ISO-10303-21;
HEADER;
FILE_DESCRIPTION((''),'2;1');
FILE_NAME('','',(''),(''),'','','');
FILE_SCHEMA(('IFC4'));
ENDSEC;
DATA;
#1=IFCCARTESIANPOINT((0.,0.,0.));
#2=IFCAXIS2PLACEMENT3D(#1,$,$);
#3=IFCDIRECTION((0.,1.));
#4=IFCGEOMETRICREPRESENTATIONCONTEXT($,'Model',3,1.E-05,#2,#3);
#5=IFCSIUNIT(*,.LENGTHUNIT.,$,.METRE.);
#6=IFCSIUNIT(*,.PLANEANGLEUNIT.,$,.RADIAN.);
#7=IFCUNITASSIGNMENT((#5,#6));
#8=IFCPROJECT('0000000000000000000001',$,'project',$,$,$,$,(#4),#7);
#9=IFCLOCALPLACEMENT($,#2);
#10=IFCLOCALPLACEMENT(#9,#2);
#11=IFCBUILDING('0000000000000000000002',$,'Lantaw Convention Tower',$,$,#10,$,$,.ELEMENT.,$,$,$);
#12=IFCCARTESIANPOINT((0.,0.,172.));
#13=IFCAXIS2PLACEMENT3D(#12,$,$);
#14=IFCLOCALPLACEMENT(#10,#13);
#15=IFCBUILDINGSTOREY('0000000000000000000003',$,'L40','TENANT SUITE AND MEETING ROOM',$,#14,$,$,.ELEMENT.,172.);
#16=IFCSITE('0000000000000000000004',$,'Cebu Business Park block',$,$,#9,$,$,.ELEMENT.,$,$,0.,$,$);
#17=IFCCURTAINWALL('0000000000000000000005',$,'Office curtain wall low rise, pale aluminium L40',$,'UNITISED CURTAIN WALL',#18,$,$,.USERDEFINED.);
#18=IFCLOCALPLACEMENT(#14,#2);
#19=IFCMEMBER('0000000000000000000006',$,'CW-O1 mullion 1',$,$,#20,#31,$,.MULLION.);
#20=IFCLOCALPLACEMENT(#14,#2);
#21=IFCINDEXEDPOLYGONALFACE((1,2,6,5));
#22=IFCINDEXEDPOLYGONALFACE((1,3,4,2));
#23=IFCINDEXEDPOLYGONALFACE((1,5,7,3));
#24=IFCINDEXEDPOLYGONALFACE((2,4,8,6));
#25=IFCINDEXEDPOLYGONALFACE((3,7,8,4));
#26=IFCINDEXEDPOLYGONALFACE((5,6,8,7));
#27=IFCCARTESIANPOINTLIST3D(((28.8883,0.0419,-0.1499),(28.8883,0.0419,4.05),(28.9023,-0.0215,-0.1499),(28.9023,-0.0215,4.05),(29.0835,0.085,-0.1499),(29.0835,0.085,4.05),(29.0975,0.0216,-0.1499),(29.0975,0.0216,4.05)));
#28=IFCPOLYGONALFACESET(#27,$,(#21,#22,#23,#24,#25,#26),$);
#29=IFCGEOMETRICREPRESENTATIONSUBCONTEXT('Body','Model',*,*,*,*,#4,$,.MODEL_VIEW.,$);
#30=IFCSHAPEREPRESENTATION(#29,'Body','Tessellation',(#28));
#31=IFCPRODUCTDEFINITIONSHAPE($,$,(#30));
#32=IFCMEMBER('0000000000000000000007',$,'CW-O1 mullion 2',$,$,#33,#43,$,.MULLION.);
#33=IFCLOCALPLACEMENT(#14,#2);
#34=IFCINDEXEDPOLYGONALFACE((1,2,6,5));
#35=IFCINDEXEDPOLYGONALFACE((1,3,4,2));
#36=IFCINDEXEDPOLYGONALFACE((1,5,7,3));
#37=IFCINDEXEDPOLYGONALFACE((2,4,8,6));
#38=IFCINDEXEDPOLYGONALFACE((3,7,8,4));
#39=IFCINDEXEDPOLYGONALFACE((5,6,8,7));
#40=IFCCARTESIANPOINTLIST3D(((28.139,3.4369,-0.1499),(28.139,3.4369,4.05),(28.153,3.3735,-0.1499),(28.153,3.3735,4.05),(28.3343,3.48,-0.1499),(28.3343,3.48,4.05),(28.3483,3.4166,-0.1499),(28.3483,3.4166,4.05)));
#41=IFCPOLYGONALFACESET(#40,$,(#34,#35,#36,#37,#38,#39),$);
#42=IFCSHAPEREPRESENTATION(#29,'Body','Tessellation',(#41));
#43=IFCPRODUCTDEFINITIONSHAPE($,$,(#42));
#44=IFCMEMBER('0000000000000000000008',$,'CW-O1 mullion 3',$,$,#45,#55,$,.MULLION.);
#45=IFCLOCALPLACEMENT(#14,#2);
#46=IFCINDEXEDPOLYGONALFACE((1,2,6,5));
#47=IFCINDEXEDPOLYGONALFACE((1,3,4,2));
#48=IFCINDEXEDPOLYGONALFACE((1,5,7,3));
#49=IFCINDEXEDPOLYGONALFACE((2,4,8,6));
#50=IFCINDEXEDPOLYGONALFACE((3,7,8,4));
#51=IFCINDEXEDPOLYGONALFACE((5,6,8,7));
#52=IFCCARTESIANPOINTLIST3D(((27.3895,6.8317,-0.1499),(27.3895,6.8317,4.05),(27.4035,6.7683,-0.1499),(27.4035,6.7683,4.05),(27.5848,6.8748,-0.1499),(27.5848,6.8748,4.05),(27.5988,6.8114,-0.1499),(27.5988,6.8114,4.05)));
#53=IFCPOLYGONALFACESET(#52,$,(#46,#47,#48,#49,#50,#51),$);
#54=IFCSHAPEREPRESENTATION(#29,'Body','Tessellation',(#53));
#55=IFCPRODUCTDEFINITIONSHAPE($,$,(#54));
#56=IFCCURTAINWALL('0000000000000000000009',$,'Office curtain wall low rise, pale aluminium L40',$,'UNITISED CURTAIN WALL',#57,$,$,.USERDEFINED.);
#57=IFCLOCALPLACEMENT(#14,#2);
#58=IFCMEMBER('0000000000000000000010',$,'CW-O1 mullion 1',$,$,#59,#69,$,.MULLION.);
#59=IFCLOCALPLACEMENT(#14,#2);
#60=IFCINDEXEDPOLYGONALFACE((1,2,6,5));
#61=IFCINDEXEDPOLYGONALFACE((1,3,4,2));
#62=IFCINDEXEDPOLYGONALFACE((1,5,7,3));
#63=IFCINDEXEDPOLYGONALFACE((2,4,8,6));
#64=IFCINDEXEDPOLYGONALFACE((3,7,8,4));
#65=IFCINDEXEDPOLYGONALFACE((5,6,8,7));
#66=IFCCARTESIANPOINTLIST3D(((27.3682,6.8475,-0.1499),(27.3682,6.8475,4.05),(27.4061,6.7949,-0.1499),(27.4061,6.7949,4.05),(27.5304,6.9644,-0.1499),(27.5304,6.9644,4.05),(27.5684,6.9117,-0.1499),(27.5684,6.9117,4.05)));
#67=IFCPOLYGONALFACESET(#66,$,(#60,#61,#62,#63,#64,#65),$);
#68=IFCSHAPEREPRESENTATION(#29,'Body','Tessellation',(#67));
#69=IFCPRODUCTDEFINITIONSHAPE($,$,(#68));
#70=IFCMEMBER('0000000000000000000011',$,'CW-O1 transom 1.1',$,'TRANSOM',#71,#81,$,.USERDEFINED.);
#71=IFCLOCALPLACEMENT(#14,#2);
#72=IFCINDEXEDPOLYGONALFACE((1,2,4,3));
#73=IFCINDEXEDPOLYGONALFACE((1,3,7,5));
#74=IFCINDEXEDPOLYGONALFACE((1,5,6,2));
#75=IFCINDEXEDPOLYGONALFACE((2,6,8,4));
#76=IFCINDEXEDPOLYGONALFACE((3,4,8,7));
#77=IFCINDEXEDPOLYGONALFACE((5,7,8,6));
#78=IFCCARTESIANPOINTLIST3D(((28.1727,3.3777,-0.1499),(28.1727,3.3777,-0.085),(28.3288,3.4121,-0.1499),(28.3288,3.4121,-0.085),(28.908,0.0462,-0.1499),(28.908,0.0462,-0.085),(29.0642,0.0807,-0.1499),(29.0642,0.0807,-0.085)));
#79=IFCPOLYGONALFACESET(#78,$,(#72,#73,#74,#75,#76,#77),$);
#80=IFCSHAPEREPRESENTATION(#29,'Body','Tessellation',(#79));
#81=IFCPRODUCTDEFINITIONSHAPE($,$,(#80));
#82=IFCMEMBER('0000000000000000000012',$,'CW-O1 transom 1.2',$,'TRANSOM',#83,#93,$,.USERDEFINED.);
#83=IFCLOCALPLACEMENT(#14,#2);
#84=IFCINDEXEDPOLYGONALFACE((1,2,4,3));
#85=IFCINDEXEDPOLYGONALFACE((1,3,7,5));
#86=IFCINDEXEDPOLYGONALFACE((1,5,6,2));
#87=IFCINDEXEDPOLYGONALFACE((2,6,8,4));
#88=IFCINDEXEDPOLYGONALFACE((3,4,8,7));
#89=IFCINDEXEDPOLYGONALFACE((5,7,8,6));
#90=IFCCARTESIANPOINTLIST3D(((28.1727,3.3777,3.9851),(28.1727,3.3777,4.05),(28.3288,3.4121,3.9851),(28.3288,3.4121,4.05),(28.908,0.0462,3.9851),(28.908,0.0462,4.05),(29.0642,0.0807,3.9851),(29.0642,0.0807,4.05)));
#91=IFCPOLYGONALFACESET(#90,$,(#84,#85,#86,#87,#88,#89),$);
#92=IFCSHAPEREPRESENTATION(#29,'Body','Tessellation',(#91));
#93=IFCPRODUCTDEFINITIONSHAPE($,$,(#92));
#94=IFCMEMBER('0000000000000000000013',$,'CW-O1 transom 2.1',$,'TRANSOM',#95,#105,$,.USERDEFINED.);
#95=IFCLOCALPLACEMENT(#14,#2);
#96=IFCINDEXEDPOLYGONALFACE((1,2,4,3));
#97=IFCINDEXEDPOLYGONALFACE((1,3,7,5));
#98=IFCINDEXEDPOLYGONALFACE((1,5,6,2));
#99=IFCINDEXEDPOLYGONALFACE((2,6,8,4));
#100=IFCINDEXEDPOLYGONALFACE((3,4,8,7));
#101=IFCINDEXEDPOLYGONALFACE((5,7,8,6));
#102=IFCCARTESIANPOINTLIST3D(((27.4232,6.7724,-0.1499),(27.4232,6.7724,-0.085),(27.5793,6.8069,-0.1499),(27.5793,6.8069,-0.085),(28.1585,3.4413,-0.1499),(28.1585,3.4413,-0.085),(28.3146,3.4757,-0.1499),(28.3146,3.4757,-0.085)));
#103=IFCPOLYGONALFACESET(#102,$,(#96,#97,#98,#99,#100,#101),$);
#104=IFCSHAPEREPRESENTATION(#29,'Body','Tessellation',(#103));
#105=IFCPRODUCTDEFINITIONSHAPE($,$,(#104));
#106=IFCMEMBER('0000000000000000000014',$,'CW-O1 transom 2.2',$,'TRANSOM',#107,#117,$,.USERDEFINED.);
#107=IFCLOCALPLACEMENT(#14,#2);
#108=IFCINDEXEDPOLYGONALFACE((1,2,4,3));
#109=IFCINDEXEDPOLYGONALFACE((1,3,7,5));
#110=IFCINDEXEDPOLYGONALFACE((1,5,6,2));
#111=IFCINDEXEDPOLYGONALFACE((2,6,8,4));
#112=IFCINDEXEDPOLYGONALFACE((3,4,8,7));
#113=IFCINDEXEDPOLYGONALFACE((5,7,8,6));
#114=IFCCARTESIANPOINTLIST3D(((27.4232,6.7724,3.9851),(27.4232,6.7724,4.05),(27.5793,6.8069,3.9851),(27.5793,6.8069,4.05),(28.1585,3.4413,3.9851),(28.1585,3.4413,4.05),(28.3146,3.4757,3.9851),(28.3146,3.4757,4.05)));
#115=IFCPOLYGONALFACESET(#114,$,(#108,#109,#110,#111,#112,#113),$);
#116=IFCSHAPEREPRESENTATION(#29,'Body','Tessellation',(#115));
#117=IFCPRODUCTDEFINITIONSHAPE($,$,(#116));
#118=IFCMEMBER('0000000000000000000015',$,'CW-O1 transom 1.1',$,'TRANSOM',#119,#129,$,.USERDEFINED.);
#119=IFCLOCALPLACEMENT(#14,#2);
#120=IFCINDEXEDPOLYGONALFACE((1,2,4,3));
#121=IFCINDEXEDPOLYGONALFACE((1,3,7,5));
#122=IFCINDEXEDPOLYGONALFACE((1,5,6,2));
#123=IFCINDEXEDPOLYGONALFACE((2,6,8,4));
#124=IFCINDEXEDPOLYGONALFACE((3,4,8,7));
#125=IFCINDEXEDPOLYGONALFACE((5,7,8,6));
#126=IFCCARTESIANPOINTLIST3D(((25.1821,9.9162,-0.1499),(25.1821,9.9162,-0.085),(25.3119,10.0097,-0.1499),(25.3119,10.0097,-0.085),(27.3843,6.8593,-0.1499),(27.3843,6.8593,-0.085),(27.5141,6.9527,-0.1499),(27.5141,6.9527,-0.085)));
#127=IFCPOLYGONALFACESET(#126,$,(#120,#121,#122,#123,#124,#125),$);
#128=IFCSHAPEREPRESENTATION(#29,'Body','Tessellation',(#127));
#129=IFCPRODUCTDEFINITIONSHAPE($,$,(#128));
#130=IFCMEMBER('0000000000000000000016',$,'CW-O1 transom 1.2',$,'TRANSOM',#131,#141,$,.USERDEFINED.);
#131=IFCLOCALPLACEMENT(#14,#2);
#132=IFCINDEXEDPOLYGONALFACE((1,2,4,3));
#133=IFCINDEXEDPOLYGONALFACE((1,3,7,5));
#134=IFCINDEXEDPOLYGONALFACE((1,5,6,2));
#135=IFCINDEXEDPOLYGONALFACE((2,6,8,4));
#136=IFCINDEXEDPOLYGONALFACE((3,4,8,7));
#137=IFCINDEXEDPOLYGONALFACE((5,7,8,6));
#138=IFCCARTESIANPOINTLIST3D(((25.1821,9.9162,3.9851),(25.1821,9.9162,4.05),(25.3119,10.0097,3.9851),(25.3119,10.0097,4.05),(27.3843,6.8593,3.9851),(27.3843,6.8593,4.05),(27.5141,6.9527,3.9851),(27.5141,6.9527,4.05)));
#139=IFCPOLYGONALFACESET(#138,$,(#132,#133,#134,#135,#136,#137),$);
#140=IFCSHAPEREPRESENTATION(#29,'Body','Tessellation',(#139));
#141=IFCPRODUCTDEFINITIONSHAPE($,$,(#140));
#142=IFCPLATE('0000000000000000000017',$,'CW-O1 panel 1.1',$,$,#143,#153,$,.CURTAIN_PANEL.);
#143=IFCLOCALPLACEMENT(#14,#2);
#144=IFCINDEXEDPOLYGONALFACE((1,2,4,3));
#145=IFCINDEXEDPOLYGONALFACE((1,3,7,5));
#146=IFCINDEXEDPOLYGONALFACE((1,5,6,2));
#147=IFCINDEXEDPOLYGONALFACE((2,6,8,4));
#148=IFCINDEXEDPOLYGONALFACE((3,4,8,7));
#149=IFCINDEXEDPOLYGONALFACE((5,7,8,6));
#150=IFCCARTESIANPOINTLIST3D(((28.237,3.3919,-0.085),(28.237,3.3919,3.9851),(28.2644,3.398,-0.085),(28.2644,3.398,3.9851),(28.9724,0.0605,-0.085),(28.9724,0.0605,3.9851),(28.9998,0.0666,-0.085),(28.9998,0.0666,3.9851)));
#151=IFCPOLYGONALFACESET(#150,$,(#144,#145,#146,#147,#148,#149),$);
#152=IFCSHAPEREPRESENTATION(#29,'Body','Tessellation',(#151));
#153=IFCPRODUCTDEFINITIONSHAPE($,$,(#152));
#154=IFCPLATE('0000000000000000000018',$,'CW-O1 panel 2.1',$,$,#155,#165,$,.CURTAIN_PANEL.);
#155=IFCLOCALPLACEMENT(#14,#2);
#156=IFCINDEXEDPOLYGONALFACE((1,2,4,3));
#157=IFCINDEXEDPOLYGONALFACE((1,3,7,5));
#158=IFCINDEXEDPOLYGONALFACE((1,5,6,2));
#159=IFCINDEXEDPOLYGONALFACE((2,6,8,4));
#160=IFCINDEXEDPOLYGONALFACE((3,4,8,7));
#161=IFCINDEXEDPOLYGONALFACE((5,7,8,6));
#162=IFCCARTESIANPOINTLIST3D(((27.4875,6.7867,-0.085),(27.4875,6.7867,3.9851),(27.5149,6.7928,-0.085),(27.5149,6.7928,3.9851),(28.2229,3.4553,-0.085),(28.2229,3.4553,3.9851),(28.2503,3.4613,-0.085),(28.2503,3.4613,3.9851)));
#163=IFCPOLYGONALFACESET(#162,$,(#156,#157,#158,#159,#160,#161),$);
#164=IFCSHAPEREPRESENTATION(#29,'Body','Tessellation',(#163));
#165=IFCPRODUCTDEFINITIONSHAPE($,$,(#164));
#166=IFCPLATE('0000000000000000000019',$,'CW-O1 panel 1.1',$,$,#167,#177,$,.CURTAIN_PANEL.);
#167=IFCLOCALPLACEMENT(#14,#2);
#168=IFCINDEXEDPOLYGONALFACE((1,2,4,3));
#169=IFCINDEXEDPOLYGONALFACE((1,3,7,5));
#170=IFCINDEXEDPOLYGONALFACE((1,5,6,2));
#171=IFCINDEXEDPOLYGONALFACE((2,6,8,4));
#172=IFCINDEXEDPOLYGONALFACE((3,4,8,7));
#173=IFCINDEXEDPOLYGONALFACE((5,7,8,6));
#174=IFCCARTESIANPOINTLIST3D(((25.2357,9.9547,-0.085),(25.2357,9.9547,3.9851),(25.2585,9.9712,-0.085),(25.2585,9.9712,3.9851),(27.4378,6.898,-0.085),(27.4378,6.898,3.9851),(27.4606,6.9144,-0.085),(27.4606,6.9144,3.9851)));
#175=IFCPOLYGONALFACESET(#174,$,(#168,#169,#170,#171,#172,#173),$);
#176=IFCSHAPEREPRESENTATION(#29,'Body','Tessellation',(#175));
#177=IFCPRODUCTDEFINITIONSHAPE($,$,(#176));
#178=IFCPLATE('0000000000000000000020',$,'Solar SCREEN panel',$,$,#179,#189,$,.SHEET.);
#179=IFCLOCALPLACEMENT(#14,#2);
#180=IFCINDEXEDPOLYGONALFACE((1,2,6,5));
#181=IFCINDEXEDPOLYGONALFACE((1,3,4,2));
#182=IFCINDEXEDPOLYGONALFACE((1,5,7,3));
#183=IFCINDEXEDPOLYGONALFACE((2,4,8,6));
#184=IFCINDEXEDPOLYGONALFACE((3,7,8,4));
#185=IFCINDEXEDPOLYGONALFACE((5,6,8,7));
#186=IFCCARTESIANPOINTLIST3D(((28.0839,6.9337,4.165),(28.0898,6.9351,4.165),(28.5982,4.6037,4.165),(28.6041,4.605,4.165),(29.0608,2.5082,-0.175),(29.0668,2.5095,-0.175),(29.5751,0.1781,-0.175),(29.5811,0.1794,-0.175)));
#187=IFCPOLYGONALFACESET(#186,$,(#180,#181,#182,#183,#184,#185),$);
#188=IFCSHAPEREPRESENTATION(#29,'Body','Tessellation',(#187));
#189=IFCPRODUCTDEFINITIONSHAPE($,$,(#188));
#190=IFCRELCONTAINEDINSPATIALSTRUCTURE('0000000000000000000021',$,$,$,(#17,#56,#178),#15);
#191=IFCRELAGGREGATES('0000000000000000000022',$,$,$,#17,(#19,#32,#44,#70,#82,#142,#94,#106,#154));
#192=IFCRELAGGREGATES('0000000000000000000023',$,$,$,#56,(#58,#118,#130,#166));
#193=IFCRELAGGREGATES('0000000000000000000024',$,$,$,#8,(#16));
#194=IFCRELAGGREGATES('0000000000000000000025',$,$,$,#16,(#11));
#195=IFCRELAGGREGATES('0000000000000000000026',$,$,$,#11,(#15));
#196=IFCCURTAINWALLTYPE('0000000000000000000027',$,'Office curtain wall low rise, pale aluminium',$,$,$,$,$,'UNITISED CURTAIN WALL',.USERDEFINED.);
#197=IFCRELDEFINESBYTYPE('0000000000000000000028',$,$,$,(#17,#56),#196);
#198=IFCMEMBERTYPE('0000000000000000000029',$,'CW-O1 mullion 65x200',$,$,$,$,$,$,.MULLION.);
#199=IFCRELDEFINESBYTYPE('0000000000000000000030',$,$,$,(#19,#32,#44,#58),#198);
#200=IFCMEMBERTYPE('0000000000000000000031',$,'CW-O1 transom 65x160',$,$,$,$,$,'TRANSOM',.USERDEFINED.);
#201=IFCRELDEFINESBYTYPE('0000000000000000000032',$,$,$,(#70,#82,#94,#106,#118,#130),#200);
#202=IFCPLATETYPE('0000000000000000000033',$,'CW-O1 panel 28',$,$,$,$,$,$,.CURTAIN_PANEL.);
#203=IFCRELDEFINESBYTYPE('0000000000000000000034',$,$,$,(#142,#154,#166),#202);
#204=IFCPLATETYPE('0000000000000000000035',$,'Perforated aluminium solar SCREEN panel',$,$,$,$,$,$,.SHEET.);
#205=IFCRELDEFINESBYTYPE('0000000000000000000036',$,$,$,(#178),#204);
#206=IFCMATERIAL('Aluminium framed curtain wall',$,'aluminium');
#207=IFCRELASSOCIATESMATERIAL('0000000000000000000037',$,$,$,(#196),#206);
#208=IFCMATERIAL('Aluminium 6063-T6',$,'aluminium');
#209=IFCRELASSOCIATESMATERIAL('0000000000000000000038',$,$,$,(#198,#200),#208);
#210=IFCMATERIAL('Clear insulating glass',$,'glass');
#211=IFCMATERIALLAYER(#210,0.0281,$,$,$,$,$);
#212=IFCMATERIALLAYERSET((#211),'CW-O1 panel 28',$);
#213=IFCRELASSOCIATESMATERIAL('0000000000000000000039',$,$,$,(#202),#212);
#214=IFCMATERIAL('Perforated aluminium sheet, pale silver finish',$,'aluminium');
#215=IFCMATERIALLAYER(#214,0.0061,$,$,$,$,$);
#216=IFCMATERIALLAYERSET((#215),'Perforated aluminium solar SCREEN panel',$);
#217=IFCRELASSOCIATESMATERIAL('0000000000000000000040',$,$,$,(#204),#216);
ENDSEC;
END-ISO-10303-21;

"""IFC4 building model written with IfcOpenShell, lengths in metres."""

from ifc_helpers import new_model, si_unit, direction, frame, origin, origin_2d, place, context, subcontext, project, spatial, polyline, rectangle, outline, extrude, material, layer, layer_set, material_profile, profile_set, type_object, element, aggregate, save


model = new_model("IFC4")

# Units and contexts
model_context = context("Model", 3, precision=1e-05, world=origin(), true_north=direction((0.0, 1.0)))
body_context = subcontext(model_context, "Body", "Model", "MODEL_VIEW")
ifc_project = project(units=[si_unit("LENGTHUNIT", "METRE"), si_unit("PLANEANGLEUNIT", "RADIAN")], contexts=[model_context])

# Site, building, storey
site_placement = place(None, origin())
site = spatial("IfcSite", under=ifc_project, at=site_placement, Name="Cebu Business Park block", CompositionType="ELEMENT", RefElevation=0.0)
building_placement = place(site_placement, origin())
building = spatial("IfcBuilding", under=site, at=building_placement, Name="Lantaw Convention Tower", CompositionType="ELEMENT")
storey_placement = place(building_placement, frame((0.0, 0.0, 172.0)))
storey = spatial("IfcBuildingStorey", under=building, at=storey_placement, Name="L40", Description="TENANT SUITE AND MEETING ROOM", CompositionType="ELEMENT", Elevation=172.0)

# Curtain wall, members
ifc_material_1 = material(Name="Aluminium framed curtain wall", Category="aluminium")
curtain_wall_type = type_object("IfcCurtainWallType", Name="Office curtain wall low rise, pale aluminium", ElementType="UNITISED CURTAIN WALL", PredefinedType="USERDEFINED", material=ifc_material_1)
curtain_wall_1_placement = place(storey_placement, origin())
curtain_wall_1 = element("IfcCurtainWall", 1, at=curtain_wall_1_placement, inside=storey, type_object=curtain_wall_type, Name="Office curtain wall low rise, pale aluminium L40", ObjectType="UNITISED CURTAIN WALL", PredefinedType="USERDEFINED")
ifc_material_2 = material(Name="Aluminium 6063-T6", Category="aluminium")
ifc_material_profile_1 = material_profile(ifc_material_2, rectangle(XDim=0.2, YDim=0.0649, at=origin_2d()), Name="CW-O1 mullion 65x200")
ifc_profile_set_1 = profile_set([ifc_material_profile_1], Name="Aluminium 6063-T6")
member_type_1 = type_object("IfcMemberType", Name="CW-O1 mullion 65x200", PredefinedType="MULLION", material=ifc_profile_set_1)
member_1_placement = place(storey_placement, frame((28.9929, 0.0317, -0.1499), z_axis=(0.0, 0.0, 1.0), x_axis=(-0.976494, -0.215546, 0.0)))
member_1 = element("IfcMember", 2, at=member_1_placement, type_object=member_type_1, Name="CW-O1 mullion 1", PredefinedType="MULLION", context=body_context, shape_type="SweptSolid", body=[
    extrude(rectangle(XDim=0.2, YDim=0.0649, at=origin_2d()), origin(), (0.0, 0.0, 1.0), 4.2),
])
member_2_placement = place(storey_placement, frame((28.2437, 3.4268, -0.1499), z_axis=(0.0, 0.0, 1.0), x_axis=(-0.976494, -0.215546, 0.0)))
member_2 = element("IfcMember", 3, at=member_2_placement, type_object=member_type_1, Name="CW-O1 mullion 2", PredefinedType="MULLION", context=body_context, shape_type="SweptSolid", body=[
    extrude(rectangle(XDim=0.2, YDim=0.0649, at=origin_2d()), origin(), (0.0, 0.0, 1.0), 4.2),
])
member_3_placement = place(storey_placement, frame((27.4941, 6.8215, -0.1499), z_axis=(0.0, 0.0, 1.0), x_axis=(-0.976494, -0.215546, 0.0)))
member_3 = element("IfcMember", 4, at=member_3_placement, type_object=member_type_1, Name="CW-O1 mullion 3", PredefinedType="MULLION", context=body_context, shape_type="SweptSolid", body=[
    extrude(rectangle(XDim=0.2, YDim=0.0649, at=origin_2d()), origin(), (0.0, 0.0, 1.0), 4.2),
])

# Curtain wall, member
curtain_wall_2_placement = place(storey_placement, origin())
curtain_wall_2 = element("IfcCurtainWall", 5, at=curtain_wall_2_placement, inside=storey, type_object=curtain_wall_type, Name="Office curtain wall low rise, pale aluminium L40", ObjectType="UNITISED CURTAIN WALL", PredefinedType="USERDEFINED")
member_4_placement = place(storey_placement, frame((27.4683, 6.8796, -0.1499), z_axis=(0.0, 0.0, 1.0), x_axis=(-0.811385, -0.584513, 0.0)))
member_4 = element("IfcMember", 6, at=member_4_placement, type_object=member_type_1, Name="CW-O1 mullion 1", PredefinedType="MULLION", context=body_context, shape_type="SweptSolid", body=[
    extrude(rectangle(XDim=0.2, YDim=0.0649, at=origin_2d()), origin(), (0.0, 0.0, 1.0), 4.2),
])

# Members
ifc_material_profile_2 = material_profile(ifc_material_2, rectangle(XDim=0.1599, YDim=0.0649, at=origin_2d()), Name="CW-O1 transom 65x160")
ifc_profile_set_2 = profile_set([ifc_material_profile_2], Name="Aluminium 6063-T6")
member_type_2 = type_object("IfcMemberType", Name="CW-O1 transom 65x160", ElementType="TRANSOM", PredefinedType="USERDEFINED", material=ifc_profile_set_2)
member_5_placement = place(storey_placement, frame((28.9861, 0.0635, -0.1174), z_axis=(-0.215536, 0.976496, 0.0), x_axis=(-0.976496, -0.215536, 0.0)))
member_5 = element("IfcMember", 7, at=member_5_placement, type_object=member_type_2, Name="CW-O1 transom 1.1", ObjectType="TRANSOM", PredefinedType="USERDEFINED", context=body_context, shape_type="SweptSolid", body=[
    extrude(rectangle(XDim=0.1599, YDim=0.0649, at=origin_2d()), origin(), (0.0, 0.0, 1.0), 3.4116),
])
member_6_placement = place(storey_placement, frame((28.9861, 0.0635, 4.0176), z_axis=(-0.215536, 0.976496, 0.0), x_axis=(-0.976496, -0.215536, 0.0)))
member_6 = element("IfcMember", 8, at=member_6_placement, type_object=member_type_2, Name="CW-O1 transom 1.2", ObjectType="TRANSOM", PredefinedType="USERDEFINED", context=body_context, shape_type="SweptSolid", body=[
    extrude(rectangle(XDim=0.1599, YDim=0.0649, at=origin_2d()), origin(), (0.0, 0.0, 1.0), 3.4116),
])
member_7_placement = place(storey_placement, frame((28.2366, 3.4585, -0.1174), z_axis=(-0.215551, 0.976493, 0.0), x_axis=(-0.976493, -0.215551, 0.0)))
member_7 = element("IfcMember", 9, at=member_7_placement, type_object=member_type_2, Name="CW-O1 transom 2.1", ObjectType="TRANSOM", PredefinedType="USERDEFINED", context=body_context, shape_type="SweptSolid", body=[
    extrude(rectangle(XDim=0.1599, YDim=0.0649, at=origin_2d()), origin(), (0.0, 0.0, 1.0), 3.4114),
])
member_8_placement = place(storey_placement, frame((28.2366, 3.4585, 4.0176), z_axis=(-0.215551, 0.976493, 0.0), x_axis=(-0.976493, -0.215551, 0.0)))
member_8 = element("IfcMember", 10, at=member_8_placement, type_object=member_type_2, Name="CW-O1 transom 2.2", ObjectType="TRANSOM", PredefinedType="USERDEFINED", context=body_context, shape_type="SweptSolid", body=[
    extrude(rectangle(XDim=0.1599, YDim=0.0649, at=origin_2d()), origin(), (0.0, 0.0, 1.0), 3.4114),
])
member_9_placement = place(storey_placement, frame((27.4492, 6.906, -0.1174), z_axis=(-0.584513, 0.811384, 0.0), x_axis=(-0.811384, -0.584513, 0.0)))
member_9 = element("IfcMember", 11, at=member_9_placement, type_object=member_type_2, Name="CW-O1 transom 1.1", ObjectType="TRANSOM", PredefinedType="USERDEFINED", context=body_context, shape_type="SweptSolid", body=[
    extrude(rectangle(XDim=0.1599, YDim=0.0649, at=origin_2d()), origin(), (0.0, 0.0, 1.0), 3.7676),
])
member_10_placement = place(storey_placement, frame((27.4492, 6.906, 4.0176), z_axis=(-0.584513, 0.811384, 0.0), x_axis=(-0.811384, -0.584513, 0.0)))
member_10 = element("IfcMember", 12, at=member_10_placement, type_object=member_type_2, Name="CW-O1 transom 1.2", ObjectType="TRANSOM", PredefinedType="USERDEFINED", context=body_context, shape_type="SweptSolid", body=[
    extrude(rectangle(XDim=0.1599, YDim=0.0649, at=origin_2d()), origin(), (0.0, 0.0, 1.0), 3.7676),
])

# Plates
ifc_material_3 = material(Name="Clear insulating glass", Category="glass")
ifc_layer_1 = layer(ifc_material_3, 0.0281)
ifc_layer_set_1 = layer_set([ifc_layer_1], Name="CW-O1 panel 28")
plate_type_1 = type_object("IfcPlateType", Name="CW-O1 panel 28", PredefinedType="CURTAIN_PANEL", material=ifc_layer_set_1)
plate_1_placement = place(storey_placement, frame((28.6184, 1.7292, -0.085), z_axis=(0.0, 0.0, 1.0), x_axis=(-0.215546, 0.976494, 0.0)))
plate_1 = element("IfcPlate", 13, at=plate_1_placement, type_object=plate_type_1, Name="CW-O1 panel 1.1", PredefinedType="CURTAIN_PANEL", context=body_context, shape_type="SweptSolid", body=[
    extrude(rectangle(XDim=3.4116, YDim=0.0281, at=origin_2d()), origin(), (0.0, 0.0, 1.0), 4.0701),
])
plate_2_placement = place(storey_placement, frame((27.8689, 5.124, -0.085), z_axis=(0.0, 0.0, 1.0), x_axis=(-0.215546, 0.976494, 0.0)))
plate_2 = element("IfcPlate", 14, at=plate_2_placement, type_object=plate_type_1, Name="CW-O1 panel 2.1", PredefinedType="CURTAIN_PANEL", context=body_context, shape_type="SweptSolid", body=[
    extrude(rectangle(XDim=3.4116, YDim=0.0281, at=origin_2d()), origin(), (0.0, 0.0, 1.0), 4.0701),
])
aggregate(curtain_wall_1, [member_1, member_2, member_3, member_5, member_6, plate_1, member_7, member_8, plate_2])
plate_3_placement = place(storey_placement, frame((26.3481, 8.4346, -0.085), z_axis=(0.0, 0.0, 1.0), x_axis=(-0.584513, 0.811385, 0.0)))
plate_3 = element("IfcPlate", 15, at=plate_3_placement, type_object=plate_type_1, Name="CW-O1 panel 1.1", PredefinedType="CURTAIN_PANEL", context=body_context, shape_type="SweptSolid", body=[
    extrude(rectangle(XDim=3.7673, YDim=0.0281, at=origin_2d()), origin(), (0.0, 0.0, 1.0), 4.0701),
])
aggregate(curtain_wall_2, [member_4, member_9, member_10, plate_3])

# Plate
ifc_material_4 = material(Name="Perforated aluminium sheet, pale silver finish", Category="aluminium")
ifc_layer_2 = layer(ifc_material_4, 0.0061)
ifc_layer_set_2 = layer_set([ifc_layer_2], Name="Perforated aluminium solar SCREEN panel")
plate_type_2 = type_object("IfcPlateType", Name="Perforated aluminium solar SCREEN panel", PredefinedType="SHEET", material=ifc_layer_set_2)
plate_4_placement = place(storey_placement, frame((29.5811, 0.1794, -0.175), z_axis=(0.976498, 0.215527, 0.000033), x_axis=(-0.215527, 0.976498, 0.0)))
element("IfcPlate", 16, at=plate_4_placement, inside=storey, type_object=plate_type_2, Name="Solar SCREEN panel", PredefinedType="SHEET", context=body_context, shape_type="SweptSolid", body=[
    extrude(outline(polyline([(0.0, 0.0), (2.3862, 0.0), (6.9182, 4.3401), (4.5321, 4.3401), (0.0, 0.0)])), origin(), (0.0, 0.0, -1.0), 0.0061),
])

save(model, "model.ifc")
